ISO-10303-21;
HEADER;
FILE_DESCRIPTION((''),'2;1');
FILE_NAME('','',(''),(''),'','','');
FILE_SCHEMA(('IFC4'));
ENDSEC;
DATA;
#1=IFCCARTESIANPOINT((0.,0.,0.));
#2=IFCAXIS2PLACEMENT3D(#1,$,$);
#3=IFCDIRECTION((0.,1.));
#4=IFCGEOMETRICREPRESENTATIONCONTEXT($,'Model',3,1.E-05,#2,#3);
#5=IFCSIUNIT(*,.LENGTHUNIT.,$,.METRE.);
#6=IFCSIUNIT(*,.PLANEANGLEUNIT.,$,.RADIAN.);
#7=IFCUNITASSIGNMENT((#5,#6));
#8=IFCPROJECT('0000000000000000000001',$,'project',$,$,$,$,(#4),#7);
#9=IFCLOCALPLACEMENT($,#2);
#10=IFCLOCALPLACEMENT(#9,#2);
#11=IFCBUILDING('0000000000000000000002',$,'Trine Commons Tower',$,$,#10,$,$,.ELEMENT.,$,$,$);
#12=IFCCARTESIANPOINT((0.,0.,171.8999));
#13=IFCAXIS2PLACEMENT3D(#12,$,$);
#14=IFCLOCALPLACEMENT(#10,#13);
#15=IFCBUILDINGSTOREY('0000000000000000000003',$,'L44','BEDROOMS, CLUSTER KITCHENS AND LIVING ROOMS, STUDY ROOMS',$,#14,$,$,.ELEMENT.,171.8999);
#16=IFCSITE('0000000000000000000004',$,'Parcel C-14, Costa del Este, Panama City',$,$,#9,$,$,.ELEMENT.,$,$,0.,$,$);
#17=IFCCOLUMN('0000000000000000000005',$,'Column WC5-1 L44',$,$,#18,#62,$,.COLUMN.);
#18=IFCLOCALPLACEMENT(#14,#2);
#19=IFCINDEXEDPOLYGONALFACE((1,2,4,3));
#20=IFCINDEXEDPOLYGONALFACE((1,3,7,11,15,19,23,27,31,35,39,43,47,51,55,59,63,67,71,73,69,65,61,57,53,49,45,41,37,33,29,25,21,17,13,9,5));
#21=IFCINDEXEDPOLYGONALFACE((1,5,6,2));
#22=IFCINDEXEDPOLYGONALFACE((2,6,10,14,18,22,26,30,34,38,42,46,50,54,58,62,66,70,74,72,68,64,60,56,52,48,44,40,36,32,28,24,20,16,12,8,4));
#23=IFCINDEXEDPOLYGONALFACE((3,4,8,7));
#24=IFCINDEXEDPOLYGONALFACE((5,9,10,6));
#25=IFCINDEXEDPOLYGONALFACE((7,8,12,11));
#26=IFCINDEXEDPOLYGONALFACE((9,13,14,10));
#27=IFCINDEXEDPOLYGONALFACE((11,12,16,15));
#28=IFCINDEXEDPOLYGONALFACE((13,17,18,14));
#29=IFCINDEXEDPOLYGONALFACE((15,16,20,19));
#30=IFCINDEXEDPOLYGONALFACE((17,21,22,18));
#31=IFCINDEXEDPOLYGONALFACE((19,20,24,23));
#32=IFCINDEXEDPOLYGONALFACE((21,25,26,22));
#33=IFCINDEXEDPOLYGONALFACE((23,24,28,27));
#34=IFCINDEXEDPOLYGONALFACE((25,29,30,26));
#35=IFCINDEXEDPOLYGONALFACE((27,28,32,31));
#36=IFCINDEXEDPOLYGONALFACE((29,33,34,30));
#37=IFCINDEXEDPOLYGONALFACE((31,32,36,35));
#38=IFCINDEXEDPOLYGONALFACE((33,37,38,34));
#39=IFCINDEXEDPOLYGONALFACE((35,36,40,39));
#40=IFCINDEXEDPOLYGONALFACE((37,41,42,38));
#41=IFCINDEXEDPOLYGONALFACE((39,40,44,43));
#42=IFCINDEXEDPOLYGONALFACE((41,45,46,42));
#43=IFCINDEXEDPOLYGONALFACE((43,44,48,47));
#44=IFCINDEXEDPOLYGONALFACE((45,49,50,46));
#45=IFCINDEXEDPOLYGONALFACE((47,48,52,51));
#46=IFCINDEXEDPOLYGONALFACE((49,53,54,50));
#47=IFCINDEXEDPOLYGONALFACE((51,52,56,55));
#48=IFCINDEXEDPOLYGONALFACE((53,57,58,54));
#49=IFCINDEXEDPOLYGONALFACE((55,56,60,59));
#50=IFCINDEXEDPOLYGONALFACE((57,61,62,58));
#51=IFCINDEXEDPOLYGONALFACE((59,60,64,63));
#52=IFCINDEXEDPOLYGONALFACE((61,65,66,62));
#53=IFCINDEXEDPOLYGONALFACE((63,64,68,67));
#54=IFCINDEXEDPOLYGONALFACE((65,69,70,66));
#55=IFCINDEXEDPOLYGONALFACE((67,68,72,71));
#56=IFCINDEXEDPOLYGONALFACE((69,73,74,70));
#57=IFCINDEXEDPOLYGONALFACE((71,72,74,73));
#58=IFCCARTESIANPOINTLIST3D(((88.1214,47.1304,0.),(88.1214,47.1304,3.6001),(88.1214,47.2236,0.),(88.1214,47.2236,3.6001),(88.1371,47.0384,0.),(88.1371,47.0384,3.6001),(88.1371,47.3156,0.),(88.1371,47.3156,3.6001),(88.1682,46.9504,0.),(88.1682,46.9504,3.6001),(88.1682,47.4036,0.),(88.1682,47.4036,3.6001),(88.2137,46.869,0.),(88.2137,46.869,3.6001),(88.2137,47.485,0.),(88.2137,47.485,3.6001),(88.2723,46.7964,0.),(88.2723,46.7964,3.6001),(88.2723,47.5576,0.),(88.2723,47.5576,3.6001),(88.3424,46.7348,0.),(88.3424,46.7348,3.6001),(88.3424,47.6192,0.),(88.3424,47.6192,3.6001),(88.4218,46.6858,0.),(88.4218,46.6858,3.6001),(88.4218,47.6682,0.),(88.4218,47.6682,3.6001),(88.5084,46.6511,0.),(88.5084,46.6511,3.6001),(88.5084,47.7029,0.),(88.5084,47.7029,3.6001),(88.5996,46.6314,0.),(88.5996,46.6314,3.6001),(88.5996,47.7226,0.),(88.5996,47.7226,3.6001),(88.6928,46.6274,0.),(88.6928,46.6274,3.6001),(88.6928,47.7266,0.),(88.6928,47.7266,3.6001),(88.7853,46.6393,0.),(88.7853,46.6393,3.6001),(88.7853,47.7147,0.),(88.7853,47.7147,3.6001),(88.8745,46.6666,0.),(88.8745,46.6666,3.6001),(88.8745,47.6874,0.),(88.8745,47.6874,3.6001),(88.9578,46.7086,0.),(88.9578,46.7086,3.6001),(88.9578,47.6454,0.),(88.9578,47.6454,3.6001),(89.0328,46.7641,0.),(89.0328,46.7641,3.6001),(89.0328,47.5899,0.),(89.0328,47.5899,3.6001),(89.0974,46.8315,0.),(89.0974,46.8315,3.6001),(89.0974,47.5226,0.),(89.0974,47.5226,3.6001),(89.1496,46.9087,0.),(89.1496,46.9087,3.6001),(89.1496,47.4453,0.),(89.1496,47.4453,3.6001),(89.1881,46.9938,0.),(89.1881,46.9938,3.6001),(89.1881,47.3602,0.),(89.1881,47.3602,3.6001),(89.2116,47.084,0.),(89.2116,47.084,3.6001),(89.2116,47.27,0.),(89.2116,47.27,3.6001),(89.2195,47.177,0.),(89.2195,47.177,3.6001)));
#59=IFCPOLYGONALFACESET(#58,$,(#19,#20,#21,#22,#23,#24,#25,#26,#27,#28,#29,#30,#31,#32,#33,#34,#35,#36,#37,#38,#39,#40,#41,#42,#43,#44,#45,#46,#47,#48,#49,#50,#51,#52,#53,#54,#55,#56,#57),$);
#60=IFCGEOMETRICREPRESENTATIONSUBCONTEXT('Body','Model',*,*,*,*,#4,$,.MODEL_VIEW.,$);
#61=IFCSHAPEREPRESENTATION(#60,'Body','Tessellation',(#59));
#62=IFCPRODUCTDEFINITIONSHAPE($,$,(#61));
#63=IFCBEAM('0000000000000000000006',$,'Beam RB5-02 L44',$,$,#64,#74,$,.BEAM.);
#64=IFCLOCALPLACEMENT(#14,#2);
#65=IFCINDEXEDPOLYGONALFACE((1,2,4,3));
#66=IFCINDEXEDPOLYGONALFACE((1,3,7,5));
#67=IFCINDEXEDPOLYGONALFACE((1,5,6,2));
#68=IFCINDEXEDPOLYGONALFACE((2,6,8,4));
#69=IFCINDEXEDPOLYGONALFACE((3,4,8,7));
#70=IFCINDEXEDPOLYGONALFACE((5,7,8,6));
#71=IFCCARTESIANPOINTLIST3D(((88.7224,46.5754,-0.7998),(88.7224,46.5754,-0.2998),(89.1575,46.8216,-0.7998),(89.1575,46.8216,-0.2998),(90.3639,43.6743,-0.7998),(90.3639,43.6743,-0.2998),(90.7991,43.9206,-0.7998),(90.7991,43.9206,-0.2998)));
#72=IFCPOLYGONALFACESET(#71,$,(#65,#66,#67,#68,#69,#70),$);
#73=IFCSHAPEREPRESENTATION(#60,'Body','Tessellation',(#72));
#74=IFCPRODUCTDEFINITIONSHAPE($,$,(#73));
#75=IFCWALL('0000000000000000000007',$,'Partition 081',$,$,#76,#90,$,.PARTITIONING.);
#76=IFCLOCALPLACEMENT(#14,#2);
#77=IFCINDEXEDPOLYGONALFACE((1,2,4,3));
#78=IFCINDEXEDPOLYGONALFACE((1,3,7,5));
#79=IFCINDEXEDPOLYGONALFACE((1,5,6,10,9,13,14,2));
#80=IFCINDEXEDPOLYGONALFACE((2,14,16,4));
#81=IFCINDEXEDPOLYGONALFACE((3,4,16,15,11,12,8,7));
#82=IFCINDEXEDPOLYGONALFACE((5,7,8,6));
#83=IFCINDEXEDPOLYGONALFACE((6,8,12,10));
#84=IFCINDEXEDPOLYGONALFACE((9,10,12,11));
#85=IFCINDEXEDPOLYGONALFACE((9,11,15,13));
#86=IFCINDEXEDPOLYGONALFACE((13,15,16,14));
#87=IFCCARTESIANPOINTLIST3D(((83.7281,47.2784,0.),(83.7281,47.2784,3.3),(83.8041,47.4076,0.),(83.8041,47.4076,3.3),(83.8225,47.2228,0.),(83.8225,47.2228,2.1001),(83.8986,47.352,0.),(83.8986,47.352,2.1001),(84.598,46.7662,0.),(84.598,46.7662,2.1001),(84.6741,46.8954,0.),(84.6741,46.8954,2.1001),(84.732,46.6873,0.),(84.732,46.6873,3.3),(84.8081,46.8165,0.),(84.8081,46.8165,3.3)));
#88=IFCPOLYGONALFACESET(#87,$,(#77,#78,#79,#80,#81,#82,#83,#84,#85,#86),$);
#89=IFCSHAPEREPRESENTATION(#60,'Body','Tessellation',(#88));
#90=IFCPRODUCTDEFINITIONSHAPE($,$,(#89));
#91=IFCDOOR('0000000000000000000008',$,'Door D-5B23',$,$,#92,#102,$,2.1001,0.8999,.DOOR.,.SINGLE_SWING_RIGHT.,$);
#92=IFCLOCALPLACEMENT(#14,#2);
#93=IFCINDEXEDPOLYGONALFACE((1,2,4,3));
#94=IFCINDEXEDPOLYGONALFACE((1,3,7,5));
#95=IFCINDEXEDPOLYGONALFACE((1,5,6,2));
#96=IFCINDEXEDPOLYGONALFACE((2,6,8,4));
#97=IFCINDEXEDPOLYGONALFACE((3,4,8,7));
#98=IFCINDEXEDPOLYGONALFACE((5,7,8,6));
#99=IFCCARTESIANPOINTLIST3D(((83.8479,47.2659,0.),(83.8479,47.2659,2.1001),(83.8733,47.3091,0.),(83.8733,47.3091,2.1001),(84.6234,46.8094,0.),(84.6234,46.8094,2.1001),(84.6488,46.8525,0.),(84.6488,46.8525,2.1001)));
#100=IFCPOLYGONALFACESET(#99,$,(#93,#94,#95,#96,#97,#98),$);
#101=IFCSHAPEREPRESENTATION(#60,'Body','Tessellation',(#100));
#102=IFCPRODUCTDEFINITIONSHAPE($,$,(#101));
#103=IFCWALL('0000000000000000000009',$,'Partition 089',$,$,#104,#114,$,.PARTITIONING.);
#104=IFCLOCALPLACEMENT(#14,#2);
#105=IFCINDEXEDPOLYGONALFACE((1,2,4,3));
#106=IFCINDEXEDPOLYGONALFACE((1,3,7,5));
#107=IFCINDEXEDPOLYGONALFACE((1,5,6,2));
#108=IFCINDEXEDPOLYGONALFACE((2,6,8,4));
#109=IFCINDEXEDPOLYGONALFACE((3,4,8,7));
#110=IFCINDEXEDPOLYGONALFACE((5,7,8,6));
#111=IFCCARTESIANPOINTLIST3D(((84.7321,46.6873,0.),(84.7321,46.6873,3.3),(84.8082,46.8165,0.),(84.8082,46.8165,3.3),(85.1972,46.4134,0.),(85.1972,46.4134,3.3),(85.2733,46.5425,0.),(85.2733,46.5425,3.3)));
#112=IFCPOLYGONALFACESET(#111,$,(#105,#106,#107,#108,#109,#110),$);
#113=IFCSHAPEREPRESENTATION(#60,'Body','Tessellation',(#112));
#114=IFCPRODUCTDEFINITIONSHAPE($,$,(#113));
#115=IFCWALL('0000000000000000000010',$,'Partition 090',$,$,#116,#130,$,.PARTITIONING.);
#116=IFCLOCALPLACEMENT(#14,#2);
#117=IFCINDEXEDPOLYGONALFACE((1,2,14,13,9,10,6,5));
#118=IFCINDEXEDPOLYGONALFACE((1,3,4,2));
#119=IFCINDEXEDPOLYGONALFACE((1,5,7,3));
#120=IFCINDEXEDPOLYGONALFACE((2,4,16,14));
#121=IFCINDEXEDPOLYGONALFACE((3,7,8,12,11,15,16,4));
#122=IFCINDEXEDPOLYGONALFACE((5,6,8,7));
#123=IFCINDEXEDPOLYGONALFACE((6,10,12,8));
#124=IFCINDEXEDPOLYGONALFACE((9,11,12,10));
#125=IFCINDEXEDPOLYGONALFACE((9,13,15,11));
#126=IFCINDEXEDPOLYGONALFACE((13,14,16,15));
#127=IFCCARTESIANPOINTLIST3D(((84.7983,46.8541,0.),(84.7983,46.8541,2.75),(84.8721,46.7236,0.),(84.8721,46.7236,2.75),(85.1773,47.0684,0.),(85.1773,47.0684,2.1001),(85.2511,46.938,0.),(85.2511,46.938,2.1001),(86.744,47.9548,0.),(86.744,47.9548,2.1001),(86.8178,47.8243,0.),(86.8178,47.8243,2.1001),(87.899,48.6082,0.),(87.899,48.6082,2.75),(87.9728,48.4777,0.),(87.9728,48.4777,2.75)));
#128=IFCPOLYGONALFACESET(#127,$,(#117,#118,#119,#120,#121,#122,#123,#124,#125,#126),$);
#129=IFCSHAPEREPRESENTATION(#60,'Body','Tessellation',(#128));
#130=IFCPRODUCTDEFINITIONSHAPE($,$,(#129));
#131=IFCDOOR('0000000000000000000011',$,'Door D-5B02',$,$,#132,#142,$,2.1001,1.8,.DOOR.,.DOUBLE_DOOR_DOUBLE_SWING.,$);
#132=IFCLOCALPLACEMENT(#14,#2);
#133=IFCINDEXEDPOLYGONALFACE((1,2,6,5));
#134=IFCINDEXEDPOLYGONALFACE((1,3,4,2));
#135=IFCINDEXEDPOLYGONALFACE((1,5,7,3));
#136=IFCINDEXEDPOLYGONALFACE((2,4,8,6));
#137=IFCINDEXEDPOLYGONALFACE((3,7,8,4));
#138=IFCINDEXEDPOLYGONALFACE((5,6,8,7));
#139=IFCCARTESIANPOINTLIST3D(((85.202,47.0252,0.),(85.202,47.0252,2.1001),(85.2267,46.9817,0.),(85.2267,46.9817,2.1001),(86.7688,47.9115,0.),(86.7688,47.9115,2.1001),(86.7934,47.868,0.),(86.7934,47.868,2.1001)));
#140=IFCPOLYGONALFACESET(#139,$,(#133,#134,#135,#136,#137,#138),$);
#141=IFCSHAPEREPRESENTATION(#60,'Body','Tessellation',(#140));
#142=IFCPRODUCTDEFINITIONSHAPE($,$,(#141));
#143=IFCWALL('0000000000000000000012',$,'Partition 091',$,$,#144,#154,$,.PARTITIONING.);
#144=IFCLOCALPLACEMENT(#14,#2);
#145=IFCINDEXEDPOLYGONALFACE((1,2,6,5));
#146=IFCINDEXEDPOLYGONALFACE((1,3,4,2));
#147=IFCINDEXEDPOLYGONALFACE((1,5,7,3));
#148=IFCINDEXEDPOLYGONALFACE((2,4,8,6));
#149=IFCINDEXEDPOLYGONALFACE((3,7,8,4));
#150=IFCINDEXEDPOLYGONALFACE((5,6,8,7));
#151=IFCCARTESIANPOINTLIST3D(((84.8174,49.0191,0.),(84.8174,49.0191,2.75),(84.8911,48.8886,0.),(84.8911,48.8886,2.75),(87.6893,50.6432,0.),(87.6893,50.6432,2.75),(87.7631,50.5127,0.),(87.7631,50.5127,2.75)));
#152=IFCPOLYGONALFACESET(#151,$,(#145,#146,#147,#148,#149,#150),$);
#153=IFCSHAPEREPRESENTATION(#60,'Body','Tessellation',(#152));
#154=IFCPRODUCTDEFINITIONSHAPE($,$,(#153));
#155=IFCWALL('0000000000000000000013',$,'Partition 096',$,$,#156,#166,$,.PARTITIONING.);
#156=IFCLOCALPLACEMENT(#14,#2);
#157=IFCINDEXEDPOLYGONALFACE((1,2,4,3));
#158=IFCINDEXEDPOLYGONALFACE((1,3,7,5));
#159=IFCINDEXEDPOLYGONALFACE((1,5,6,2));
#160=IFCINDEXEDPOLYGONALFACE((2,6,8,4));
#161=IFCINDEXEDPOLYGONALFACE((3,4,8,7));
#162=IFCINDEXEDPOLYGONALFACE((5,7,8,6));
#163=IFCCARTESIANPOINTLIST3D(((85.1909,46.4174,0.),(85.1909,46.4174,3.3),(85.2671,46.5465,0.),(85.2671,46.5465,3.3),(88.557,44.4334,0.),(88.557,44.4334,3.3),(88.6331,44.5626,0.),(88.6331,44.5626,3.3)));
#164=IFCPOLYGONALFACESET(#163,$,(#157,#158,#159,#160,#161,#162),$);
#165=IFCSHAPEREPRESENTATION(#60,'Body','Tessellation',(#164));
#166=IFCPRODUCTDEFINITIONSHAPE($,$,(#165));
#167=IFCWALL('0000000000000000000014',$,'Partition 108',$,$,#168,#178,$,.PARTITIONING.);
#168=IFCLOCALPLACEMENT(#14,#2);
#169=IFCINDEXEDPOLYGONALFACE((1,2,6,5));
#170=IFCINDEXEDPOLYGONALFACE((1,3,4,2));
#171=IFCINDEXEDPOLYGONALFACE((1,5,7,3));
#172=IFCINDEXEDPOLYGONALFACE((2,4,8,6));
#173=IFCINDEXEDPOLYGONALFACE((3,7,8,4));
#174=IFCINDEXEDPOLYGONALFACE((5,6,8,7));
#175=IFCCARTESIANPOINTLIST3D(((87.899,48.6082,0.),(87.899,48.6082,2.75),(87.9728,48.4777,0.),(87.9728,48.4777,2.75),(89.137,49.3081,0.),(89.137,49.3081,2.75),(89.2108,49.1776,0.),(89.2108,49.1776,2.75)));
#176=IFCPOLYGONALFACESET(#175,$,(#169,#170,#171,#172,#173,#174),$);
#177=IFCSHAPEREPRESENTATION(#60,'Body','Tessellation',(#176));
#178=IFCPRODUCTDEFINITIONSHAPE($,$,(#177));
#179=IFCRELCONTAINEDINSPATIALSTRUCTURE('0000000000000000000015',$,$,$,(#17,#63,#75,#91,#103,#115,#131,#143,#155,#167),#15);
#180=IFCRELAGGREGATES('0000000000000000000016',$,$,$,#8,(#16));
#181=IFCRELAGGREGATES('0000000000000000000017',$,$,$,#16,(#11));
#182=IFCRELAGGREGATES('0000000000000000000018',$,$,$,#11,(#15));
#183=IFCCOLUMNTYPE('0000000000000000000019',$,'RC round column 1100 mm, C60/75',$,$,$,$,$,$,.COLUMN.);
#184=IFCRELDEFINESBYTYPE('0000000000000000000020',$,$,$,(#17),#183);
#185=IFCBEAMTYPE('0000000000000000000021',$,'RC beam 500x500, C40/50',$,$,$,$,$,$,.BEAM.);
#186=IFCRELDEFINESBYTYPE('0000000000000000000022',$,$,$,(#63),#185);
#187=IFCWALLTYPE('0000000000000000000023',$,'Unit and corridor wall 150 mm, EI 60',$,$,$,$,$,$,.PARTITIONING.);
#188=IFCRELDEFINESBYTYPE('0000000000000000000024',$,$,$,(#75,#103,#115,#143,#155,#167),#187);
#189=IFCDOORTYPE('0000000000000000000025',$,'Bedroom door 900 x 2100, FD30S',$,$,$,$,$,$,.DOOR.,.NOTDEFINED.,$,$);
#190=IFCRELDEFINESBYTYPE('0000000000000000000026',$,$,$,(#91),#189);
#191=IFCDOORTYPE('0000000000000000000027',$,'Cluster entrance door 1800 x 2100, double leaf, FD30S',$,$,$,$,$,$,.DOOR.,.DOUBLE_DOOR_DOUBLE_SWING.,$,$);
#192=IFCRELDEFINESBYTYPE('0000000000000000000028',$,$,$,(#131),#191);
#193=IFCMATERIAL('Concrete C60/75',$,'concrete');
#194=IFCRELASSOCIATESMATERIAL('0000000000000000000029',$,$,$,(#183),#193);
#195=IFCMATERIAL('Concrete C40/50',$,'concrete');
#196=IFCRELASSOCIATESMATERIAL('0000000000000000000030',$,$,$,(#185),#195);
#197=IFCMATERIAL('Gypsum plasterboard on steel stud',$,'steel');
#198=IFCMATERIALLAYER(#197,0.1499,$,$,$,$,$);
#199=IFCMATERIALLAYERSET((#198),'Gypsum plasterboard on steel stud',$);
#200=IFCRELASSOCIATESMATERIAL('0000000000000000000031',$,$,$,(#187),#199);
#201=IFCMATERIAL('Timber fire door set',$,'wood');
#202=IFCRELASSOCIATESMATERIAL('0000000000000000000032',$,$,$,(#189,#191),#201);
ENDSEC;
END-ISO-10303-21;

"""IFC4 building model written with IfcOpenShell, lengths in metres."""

from ifc_helpers import new_model, si_unit, direction, frame, frame_2d, origin, origin_2d, place, context, subcontext, project, spatial, rectangle, circle, extrude, material, layer, layer_set, material_profile, profile_set, type_object, element, fill, save


model = new_model("IFC4")

# Units and contexts
model_context = context("Model", 3, precision=1e-05, world=origin(), true_north=direction((0.0, 1.0)))
body_context = subcontext(model_context, "Body", "Model", "MODEL_VIEW")
ifc_project = project(units=[si_unit("LENGTHUNIT", "METRE"), si_unit("PLANEANGLEUNIT", "RADIAN")], contexts=[model_context])

# Site, building, storey
site_placement = place(None, origin())
site = spatial("IfcSite", under=ifc_project, at=site_placement, Name="Parcel C-14, Costa del Este, Panama City", CompositionType="ELEMENT", RefElevation=0.0)
building_placement = place(site_placement, origin())
building = spatial("IfcBuilding", under=site, at=building_placement, Name="Trine Commons Tower", CompositionType="ELEMENT")
storey_placement = place(building_placement, frame((0.0, 0.0, 171.8999)))
storey = spatial("IfcBuildingStorey", under=building, at=storey_placement, Name="L44", Description="BEDROOMS, CLUSTER KITCHENS AND LIVING ROOMS, STUDY ROOMS", CompositionType="ELEMENT", Elevation=171.8999)

# Column
ifc_material_1 = material(Name="Concrete C60/75", Category="concrete")
ifc_material_profile_1 = material_profile(ifc_material_1, circle(Radius=0.55, at=origin_2d()), Name="RC round 1100")
ifc_profile_set_1 = profile_set([ifc_material_profile_1], Name="Concrete C60/75")
column_type = type_object("IfcColumnType", Name="RC round column 1100 mm, C60/75", PredefinedType="COLUMN", material=ifc_profile_set_1)
column_placement = place(storey_placement, frame((88.6694, 47.177, 0.0), z_axis=(0.0, 0.0, 1.0), x_axis=(1.0, 0.0, 0.0)))
element("IfcColumn", 1, at=column_placement, inside=storey, type_object=column_type, Name="Column WC5-1 L44", PredefinedType="COLUMN", context=body_context, shape_type="SweptSolid", body=[
    extrude(circle(Radius=0.55, at=origin_2d()), origin(), (0.0, 0.0, 1.0), 3.6001),
])

# Beam
ifc_material_2 = material(Name="Concrete C40/50", Category="concrete")
ifc_material_profile_2 = material_profile(ifc_material_2, rectangle(XDim=0.5, YDim=0.5, at=origin_2d()), Name="RC 500x500")
ifc_profile_set_2 = profile_set([ifc_material_profile_2], Name="Concrete C40/50")
beam_type = type_object("IfcBeamType", Name="RC beam 500x500, C40/50", PredefinedType="BEAM", material=ifc_profile_set_2)
beam_placement = place(storey_placement, frame((88.9399, 46.6985, -0.5498), z_axis=(0.492475, -0.870327, 0.0), x_axis=(0.870327, 0.492475, 0.0)))
element("IfcBeam", 2, at=beam_placement, inside=storey, type_object=beam_type, Name="Beam RB5-02 L44", PredefinedType="BEAM", context=body_context, shape_type="SweptSolid", body=[
    extrude(rectangle(XDim=0.5, YDim=0.5, at=origin_2d()), origin(), (0.0, 0.0, 1.0), 3.3333),
])

# Wall, opening, door
ifc_material_3 = material(Name="Gypsum plasterboard on steel stud", Category="steel")
ifc_layer_1 = layer(ifc_material_3, 0.1499)
ifc_layer_set_1 = layer_set([ifc_layer_1], Name="Gypsum plasterboard on steel stud")
wall_type_1 = type_object("IfcWallType", Name="Unit and corridor wall 150 mm, EI 60", PredefinedType="PARTITIONING", material=ifc_layer_set_1)
wall_1_placement = place(storey_placement, frame((83.7661, 47.343, 0.0), z_axis=(0.0, 0.0, 1.0), x_axis=(0.861735, -0.507359, 0.0)))
wall_1 = element("IfcWall", 3, at=wall_1_placement, inside=storey, type_object=wall_type_1, Name="Partition 081", PredefinedType="PARTITIONING", context=body_context, shape_type="SweptSolid", body=[
    extrude(rectangle(XDim=1.165, YDim=0.1499, at=frame_2d((0.5825, 0.0))), origin(), (0.0, 0.0, 1.0), 3.3),
])
opening_1_placement = place(wall_1_placement, frame((0.1096, 0.0, 0.0)))
opening_1 = element("IfcOpeningElement", 4, at=opening_1_placement, cuts=wall_1, PredefinedType="OPENING", context=body_context, shape_type="SweptSolid", body=[
    extrude(rectangle(XDim=0.8999, YDim=2.1001, at=frame_2d((0.45, 1.05))), frame((0.0, 0.085, 0.0), z_axis=(0.0, -1.0, 0.0), x_axis=(1.0, 0.0, 0.0)), (0.0, 0.0, 1.0), 0.1699),
])
ifc_material_4 = material(Name="Timber fire door set", Category="wood")
door_type_1 = type_object("IfcDoorType", Name="Bedroom door 900 x 2100, FD30S", OperationType="NOTDEFINED", PredefinedType="DOOR", material=ifc_material_4)
door_1_placement = place(opening_1_placement, frame((0.8999, 0.0, 0.0), z_axis=(0.0, 0.0, 1.0), x_axis=(-1.0, 0.0, 0.0)))
door_1 = element("IfcDoor", 5, at=door_1_placement, inside=storey, type_object=door_type_1, Name="Door D-5B23", OperationType="SINGLE_SWING_RIGHT", OverallHeight=2.1001, OverallWidth=0.8999, PredefinedType="DOOR", context=body_context, shape_type="SweptSolid", body=[
    extrude(rectangle(XDim=0.8999, YDim=2.1001, at=frame_2d((0.45, 1.05))), frame((0.0, 0.0249, 0.0), z_axis=(0.0, -1.0, 0.0), x_axis=(1.0, 0.0, 0.0)), (0.0, 0.0, 1.0), 0.05),
])
fill(opening_1, door_1)

# Wall
wall_2_placement = place(storey_placement, frame((84.77, 46.752, 0.0), z_axis=(0.0, 0.0, 1.0), x_axis=(0.861655, -0.507494, 0.0)))
element("IfcWall", 6, at=wall_2_placement, inside=storey, type_object=wall_type_1, Name="Partition 089", PredefinedType="PARTITIONING", context=body_context, shape_type="SweptSolid", body=[
    extrude(rectangle(XDim=0.5398, YDim=0.1499, at=frame_2d((0.27, 0.0))), origin(), (0.0, 0.0, 1.0), 3.3),
])

# Wall, opening, door
wall_3_placement = place(storey_placement, frame((84.8352, 46.7888, 0.0), z_axis=(0.0, 0.0, 1.0), x_axis=(0.870382, 0.492378, 0.0)))
wall_3 = element("IfcWall", 7, at=wall_3_placement, inside=storey, type_object=wall_type_1, Name="Partition 090", PredefinedType="PARTITIONING", context=body_context, shape_type="SweptSolid", body=[
    extrude(rectangle(XDim=3.5625, YDim=0.1499, at=frame_2d((1.7812, 0.0))), origin(), (0.0, 0.0, 1.0), 2.75),
])
opening_2_placement = place(wall_3_placement, frame((0.4355, 0.0, 0.0)))
opening_2 = element("IfcOpeningElement", 8, at=opening_2_placement, cuts=wall_3, PredefinedType="OPENING", context=body_context, shape_type="SweptSolid", body=[
    extrude(rectangle(XDim=1.8, YDim=2.1001, at=frame_2d((0.8999, 1.05))), frame((0.0, 0.085, 0.0), z_axis=(0.0, -1.0, 0.0), x_axis=(1.0, 0.0, 0.0)), (0.0, 0.0, 1.0), 0.1699),
])
door_type_2 = type_object("IfcDoorType", Name="Cluster entrance door 1800 x 2100, double leaf, FD30S", OperationType="DOUBLE_DOOR_DOUBLE_SWING", PredefinedType="DOOR", material=ifc_material_4)
door_2_placement = place(opening_2_placement, frame((1.8, 0.0, 0.0), z_axis=(0.0, 0.0, 1.0), x_axis=(-1.0, 0.0, 0.0)))
door_2 = element("IfcDoor", 9, at=door_2_placement, inside=storey, type_object=door_type_2, Name="Door D-5B02", OperationType="DOUBLE_DOOR_DOUBLE_SWING", OverallHeight=2.1001, OverallWidth=1.8, PredefinedType="DOOR", context=body_context, shape_type="SweptSolid", body=[
    extrude(rectangle(XDim=1.8, YDim=2.1001, at=frame_2d((0.8999, 1.05))), frame((0.0, 0.0249, 0.0), z_axis=(0.0, -1.0, 0.0), x_axis=(1.0, 0.0, 0.0)), (0.0, 0.0, 1.0), 0.05),
])
fill(opening_2, door_2)

# Walls
wall_4_placement = place(storey_placement, frame((84.8542, 48.9539, 0.0), z_axis=(0.0, 0.0, 1.0), x_axis=(0.870457, 0.492245, 0.0)))
element("IfcWall", 10, at=wall_4_placement, inside=storey, type_object=wall_type_1, Name="Partition 091", PredefinedType="PARTITIONING", context=body_context, shape_type="SweptSolid", body=[
    extrude(rectangle(XDim=3.2993, YDim=0.1499, at=frame_2d((1.6497, 0.0))), origin(), (0.0, 0.0, 1.0), 2.75),
])
wall_5_placement = place(storey_placement, frame((85.229, 46.4819, 0.0), z_axis=(0.0, 0.0, 1.0), x_axis=(0.861497, -0.507763, 0.0)))
element("IfcWall", 11, at=wall_5_placement, inside=storey, type_object=wall_type_1, Name="Partition 096", PredefinedType="PARTITIONING", context=body_context, shape_type="SweptSolid", body=[
    extrude(rectangle(XDim=3.9072, YDim=0.1499, at=frame_2d((1.9536, 0.0))), origin(), (0.0, 0.0, 1.0), 3.3),
])
wall_6_placement = place(storey_placement, frame((87.936, 48.543, 0.0), z_axis=(0.0, 0.0, 1.0), x_axis=(0.870505, 0.492159, 0.0)))
element("IfcWall", 12, at=wall_6_placement, inside=storey, type_object=wall_type_1, Name="Partition 108", PredefinedType="PARTITIONING", context=body_context, shape_type="SweptSolid", body=[
    extrude(rectangle(XDim=1.4221, YDim=0.1499, at=frame_2d((0.7109, 0.0))), origin(), (0.0, 0.0, 1.0), 2.75),
])

save(model, "model.ifc")
